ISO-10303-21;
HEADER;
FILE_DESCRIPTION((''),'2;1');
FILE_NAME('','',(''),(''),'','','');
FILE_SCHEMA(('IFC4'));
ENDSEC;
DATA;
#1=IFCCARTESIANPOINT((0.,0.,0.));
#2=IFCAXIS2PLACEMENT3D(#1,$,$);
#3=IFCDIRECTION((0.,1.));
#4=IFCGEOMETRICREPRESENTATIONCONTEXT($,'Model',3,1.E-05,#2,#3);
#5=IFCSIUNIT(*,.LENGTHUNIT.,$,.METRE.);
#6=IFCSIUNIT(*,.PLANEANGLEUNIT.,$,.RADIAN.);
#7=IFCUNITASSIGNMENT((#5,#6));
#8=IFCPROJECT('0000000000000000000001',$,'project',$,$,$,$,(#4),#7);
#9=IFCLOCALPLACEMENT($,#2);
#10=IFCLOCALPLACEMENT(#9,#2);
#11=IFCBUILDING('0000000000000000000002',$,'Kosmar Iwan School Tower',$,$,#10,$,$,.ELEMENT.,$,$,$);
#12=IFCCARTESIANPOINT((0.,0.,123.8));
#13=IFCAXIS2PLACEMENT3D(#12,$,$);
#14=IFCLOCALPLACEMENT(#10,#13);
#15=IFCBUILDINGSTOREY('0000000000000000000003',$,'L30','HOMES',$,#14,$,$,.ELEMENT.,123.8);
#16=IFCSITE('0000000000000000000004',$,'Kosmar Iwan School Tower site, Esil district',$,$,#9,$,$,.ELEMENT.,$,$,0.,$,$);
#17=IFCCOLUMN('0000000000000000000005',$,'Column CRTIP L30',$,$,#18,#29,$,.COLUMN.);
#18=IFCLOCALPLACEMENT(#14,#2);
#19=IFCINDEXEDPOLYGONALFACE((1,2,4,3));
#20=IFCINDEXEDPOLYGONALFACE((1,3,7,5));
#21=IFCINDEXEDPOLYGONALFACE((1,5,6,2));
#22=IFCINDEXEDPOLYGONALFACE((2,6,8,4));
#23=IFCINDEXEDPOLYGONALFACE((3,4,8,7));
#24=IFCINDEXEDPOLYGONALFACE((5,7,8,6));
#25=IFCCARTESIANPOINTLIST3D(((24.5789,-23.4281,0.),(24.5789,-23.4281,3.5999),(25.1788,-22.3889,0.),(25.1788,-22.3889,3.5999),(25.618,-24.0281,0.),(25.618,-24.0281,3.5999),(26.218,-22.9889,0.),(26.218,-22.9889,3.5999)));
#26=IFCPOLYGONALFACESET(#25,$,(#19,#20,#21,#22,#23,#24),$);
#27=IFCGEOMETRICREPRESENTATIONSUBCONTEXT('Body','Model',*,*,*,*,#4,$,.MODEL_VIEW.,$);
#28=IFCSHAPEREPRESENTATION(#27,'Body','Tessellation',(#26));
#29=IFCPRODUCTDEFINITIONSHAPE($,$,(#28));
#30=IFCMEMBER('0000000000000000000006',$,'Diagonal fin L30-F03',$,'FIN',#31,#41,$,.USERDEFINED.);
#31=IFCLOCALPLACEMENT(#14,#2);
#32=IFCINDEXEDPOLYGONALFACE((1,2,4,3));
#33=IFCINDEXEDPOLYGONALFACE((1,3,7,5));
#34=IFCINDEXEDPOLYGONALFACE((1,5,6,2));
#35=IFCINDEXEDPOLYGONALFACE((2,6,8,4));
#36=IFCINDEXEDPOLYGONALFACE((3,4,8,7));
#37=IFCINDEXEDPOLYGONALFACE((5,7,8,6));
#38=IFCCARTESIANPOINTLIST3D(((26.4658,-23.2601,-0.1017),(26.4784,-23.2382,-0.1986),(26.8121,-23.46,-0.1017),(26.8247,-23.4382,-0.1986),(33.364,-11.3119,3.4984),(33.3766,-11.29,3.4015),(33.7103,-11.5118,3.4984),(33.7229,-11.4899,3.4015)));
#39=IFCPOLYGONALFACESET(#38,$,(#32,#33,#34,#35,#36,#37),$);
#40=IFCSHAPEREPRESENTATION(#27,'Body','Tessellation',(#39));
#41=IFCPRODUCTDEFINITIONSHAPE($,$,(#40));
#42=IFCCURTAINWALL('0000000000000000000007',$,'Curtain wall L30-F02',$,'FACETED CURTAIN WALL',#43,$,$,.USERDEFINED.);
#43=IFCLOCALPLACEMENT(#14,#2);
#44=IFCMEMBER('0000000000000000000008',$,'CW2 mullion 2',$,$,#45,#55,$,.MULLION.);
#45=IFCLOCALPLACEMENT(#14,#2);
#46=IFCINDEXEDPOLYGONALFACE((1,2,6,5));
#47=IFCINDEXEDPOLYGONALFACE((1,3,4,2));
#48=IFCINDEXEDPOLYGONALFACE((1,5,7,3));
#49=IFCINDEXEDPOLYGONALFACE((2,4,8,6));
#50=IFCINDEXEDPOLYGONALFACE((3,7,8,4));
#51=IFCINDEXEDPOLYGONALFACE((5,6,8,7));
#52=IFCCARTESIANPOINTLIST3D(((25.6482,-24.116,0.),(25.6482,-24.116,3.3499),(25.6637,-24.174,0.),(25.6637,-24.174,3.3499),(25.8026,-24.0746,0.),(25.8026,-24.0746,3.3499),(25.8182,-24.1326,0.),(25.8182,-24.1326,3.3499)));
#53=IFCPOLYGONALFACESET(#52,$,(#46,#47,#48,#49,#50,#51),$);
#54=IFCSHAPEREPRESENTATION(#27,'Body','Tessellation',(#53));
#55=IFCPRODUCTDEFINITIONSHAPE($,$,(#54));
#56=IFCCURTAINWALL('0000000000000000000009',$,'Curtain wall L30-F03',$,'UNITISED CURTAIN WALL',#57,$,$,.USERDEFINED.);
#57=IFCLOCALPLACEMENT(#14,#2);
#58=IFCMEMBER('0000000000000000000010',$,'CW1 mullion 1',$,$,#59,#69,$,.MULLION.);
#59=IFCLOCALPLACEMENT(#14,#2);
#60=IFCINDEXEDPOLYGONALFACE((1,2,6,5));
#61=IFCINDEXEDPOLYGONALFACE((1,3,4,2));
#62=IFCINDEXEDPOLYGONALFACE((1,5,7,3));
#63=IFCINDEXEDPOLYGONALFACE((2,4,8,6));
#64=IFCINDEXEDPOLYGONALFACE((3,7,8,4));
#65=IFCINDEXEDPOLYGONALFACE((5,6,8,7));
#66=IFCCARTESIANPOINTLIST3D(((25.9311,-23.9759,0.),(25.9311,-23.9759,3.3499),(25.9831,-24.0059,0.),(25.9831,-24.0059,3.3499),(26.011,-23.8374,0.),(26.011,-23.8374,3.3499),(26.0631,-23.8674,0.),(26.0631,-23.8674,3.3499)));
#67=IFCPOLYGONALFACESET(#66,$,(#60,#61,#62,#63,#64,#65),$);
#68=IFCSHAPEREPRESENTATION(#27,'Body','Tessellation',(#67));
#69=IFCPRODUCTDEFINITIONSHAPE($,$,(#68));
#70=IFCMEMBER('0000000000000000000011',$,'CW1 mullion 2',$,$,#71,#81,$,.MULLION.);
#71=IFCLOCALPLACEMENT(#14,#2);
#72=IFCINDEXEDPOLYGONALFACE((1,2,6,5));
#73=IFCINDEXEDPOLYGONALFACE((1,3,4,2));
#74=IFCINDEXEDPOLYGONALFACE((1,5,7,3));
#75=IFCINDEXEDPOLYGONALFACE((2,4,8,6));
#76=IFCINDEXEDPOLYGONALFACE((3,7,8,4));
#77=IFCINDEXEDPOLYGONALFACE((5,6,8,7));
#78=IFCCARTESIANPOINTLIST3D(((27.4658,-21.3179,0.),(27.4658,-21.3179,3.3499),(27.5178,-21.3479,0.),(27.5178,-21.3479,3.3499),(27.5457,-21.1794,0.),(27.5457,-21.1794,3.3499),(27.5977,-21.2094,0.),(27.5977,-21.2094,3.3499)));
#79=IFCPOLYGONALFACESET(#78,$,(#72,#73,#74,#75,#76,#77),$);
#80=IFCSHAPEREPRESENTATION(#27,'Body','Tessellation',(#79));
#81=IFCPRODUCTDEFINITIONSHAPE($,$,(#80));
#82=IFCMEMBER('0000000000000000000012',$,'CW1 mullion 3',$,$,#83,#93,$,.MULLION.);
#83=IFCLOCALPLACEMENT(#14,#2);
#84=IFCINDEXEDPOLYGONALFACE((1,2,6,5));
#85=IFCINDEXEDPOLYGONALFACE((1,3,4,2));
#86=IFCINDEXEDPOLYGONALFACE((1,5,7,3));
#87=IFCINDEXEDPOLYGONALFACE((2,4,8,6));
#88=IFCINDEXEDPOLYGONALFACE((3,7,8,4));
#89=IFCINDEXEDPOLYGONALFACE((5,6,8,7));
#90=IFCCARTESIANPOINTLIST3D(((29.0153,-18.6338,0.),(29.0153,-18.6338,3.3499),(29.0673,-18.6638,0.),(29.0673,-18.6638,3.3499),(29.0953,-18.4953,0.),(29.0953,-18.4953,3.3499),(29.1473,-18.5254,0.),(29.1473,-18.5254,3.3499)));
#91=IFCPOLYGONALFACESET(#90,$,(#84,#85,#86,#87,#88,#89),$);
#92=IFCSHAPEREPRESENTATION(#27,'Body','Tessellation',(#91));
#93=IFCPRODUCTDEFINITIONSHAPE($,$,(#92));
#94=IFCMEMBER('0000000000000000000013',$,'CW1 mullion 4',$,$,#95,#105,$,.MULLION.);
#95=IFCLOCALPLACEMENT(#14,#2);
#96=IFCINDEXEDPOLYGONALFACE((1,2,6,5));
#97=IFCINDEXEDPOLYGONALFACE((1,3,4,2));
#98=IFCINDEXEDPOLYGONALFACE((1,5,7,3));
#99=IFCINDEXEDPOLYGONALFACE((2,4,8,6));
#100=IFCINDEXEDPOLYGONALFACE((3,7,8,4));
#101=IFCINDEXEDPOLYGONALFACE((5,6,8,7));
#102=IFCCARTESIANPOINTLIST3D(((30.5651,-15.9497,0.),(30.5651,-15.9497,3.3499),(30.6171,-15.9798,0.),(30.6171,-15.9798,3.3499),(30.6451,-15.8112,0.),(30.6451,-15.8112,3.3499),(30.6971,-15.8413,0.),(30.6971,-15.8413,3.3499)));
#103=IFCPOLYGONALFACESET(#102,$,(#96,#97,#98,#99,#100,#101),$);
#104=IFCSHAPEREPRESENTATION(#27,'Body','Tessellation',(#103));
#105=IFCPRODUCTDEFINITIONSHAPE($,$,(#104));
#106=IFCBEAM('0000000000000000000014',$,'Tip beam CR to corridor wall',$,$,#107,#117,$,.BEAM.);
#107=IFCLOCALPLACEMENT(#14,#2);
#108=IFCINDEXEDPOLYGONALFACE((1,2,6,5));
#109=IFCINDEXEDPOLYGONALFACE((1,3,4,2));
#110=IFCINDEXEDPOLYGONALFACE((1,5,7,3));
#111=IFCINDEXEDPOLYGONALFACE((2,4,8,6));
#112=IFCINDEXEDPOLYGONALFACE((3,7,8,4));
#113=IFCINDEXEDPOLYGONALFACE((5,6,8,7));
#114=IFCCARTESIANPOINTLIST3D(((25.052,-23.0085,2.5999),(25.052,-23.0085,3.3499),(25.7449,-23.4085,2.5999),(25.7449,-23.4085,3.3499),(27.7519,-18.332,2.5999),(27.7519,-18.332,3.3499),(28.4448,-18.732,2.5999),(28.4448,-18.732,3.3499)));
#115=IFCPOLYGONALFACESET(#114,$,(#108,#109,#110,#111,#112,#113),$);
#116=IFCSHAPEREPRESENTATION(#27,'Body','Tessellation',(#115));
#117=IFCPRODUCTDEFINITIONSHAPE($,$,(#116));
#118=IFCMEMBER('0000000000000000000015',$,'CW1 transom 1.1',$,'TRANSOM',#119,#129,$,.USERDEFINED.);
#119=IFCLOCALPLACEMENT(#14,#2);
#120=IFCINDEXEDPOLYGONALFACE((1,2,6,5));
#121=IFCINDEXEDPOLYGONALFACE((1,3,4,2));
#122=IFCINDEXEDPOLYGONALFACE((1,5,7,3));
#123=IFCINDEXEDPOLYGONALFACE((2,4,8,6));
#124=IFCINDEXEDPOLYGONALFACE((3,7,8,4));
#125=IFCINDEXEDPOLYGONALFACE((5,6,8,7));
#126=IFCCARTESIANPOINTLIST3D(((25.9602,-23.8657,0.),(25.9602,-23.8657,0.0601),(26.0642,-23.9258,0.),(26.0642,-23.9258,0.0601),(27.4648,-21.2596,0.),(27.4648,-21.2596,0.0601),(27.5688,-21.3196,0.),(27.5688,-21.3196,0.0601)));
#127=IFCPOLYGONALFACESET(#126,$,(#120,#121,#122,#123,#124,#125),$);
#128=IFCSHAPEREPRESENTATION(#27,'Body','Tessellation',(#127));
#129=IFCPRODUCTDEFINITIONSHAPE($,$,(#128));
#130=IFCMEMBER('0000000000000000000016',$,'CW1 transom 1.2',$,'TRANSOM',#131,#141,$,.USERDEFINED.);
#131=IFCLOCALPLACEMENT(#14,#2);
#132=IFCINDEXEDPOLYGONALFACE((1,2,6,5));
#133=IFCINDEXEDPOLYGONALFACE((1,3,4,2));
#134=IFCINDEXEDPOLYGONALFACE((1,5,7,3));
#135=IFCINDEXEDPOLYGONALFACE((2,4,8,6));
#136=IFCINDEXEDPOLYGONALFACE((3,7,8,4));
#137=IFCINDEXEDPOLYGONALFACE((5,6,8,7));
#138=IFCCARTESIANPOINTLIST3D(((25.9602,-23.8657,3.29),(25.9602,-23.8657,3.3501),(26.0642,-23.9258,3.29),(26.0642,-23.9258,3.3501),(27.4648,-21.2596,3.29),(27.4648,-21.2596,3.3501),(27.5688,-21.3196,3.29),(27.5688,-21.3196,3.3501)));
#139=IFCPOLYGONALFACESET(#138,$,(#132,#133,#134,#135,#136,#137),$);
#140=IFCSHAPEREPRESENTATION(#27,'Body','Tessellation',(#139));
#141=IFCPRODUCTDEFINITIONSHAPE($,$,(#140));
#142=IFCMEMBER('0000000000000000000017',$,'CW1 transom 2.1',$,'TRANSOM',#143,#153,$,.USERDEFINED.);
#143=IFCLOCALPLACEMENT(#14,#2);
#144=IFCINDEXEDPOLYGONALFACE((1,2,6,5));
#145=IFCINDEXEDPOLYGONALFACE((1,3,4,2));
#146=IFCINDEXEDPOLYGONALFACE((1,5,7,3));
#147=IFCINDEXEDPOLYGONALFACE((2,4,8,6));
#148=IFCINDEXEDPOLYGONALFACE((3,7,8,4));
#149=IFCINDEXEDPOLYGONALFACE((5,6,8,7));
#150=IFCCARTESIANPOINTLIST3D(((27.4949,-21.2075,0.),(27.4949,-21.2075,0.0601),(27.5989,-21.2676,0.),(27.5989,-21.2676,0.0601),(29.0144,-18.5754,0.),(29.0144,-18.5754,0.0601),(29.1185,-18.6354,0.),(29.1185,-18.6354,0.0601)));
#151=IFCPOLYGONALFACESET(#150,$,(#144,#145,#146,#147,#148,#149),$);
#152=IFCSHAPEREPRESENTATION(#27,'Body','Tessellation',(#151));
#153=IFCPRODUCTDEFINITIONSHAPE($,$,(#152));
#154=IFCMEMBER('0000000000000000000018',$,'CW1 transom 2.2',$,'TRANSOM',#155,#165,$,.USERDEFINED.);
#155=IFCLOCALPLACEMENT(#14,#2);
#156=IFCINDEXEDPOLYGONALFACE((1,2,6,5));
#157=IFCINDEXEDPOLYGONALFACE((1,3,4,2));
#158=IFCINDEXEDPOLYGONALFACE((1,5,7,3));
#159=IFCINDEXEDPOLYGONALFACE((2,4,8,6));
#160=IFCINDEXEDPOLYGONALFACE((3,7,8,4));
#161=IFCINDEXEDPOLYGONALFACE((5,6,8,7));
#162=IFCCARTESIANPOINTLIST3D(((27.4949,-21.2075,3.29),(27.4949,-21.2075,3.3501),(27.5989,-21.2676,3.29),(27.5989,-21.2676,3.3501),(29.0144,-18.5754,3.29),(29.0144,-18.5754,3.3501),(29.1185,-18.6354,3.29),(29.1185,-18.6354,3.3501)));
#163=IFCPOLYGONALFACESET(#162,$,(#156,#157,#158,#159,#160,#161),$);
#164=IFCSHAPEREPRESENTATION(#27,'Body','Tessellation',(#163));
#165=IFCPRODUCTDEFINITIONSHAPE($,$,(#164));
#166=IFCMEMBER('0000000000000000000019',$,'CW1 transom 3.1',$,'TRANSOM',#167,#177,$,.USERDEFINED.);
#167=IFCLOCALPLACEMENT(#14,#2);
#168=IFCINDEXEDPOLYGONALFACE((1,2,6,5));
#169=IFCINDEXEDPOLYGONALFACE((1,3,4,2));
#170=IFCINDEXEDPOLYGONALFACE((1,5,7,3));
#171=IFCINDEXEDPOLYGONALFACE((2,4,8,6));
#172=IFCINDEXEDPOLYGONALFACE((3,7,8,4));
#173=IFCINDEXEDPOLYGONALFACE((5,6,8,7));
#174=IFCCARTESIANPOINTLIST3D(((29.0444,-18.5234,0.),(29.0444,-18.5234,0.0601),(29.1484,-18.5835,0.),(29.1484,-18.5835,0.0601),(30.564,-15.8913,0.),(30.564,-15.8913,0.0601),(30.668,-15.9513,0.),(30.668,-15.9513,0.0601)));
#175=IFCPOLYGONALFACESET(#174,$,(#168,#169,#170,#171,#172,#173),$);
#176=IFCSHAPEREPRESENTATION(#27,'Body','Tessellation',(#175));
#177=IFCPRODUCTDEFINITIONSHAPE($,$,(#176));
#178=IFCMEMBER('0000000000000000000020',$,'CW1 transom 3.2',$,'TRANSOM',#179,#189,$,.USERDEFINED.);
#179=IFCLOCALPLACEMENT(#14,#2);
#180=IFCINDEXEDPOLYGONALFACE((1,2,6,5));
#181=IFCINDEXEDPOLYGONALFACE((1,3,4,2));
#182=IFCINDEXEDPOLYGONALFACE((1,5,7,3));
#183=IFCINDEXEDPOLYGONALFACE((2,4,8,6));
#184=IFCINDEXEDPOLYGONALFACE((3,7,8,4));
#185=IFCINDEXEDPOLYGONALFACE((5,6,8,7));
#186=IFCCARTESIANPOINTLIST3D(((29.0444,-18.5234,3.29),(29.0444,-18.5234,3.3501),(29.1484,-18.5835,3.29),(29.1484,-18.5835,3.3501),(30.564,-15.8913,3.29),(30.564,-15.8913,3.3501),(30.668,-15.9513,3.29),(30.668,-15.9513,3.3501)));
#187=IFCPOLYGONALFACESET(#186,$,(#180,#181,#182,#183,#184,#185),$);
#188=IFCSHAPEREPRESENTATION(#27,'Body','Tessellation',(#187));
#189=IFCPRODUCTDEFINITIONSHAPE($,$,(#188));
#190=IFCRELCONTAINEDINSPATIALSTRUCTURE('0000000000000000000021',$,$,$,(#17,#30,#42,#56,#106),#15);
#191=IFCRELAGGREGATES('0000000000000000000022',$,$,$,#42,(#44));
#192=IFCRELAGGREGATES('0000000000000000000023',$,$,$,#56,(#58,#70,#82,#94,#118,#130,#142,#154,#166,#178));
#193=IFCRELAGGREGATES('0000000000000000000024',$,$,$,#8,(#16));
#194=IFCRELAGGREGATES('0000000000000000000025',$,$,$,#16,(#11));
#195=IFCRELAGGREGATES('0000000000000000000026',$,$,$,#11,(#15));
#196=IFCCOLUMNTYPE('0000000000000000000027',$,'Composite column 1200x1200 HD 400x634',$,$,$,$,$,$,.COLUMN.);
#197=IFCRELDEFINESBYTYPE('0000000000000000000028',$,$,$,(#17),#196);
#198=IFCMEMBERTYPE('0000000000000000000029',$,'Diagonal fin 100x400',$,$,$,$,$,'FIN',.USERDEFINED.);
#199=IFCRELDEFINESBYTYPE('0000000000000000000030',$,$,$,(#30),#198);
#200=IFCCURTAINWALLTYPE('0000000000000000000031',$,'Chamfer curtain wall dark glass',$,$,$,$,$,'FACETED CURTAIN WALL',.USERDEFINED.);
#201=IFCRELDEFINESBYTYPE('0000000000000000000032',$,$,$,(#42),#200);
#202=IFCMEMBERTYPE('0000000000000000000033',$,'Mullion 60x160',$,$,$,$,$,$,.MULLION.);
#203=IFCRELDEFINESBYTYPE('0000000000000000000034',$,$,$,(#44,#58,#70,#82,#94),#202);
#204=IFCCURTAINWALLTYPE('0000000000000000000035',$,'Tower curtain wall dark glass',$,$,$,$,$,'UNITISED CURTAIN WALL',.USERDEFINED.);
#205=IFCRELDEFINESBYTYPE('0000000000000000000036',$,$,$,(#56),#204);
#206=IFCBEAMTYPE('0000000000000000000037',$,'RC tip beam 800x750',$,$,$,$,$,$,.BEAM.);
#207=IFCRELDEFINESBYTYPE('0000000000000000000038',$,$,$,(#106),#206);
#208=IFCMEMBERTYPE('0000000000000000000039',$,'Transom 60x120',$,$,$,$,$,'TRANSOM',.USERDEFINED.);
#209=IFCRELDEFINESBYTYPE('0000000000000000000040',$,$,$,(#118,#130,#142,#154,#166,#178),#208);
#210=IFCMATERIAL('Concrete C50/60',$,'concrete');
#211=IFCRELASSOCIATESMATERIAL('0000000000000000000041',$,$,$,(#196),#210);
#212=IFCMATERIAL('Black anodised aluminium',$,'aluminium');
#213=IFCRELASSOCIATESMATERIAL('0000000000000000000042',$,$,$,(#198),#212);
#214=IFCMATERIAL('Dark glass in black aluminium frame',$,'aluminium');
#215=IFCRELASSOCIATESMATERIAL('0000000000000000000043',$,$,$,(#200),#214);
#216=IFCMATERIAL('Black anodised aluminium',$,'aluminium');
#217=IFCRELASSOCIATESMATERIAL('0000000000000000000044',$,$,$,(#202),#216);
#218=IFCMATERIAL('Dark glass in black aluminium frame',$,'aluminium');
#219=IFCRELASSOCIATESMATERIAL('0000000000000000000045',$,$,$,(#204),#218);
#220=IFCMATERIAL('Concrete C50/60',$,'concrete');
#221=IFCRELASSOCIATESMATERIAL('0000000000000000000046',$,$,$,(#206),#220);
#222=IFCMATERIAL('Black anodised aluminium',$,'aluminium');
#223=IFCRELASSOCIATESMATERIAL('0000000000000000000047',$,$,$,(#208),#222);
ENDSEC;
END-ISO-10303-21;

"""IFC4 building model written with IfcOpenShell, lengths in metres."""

from ifc_helpers import new_model, si_unit, direction, frame, origin, origin_2d, place, context, subcontext, project, spatial, rectangle, extrude, material, material_profile, profile_set, type_object, element, aggregate, save


model = new_model("IFC4")

# Units and contexts
model_context = context("Model", 3, precision=1e-05, world=origin(), true_north=direction((0.0, 1.0)))
body_context = subcontext(model_context, "Body", "Model", "MODEL_VIEW")
ifc_project = project(units=[si_unit("LENGTHUNIT", "METRE"), si_unit("PLANEANGLEUNIT", "RADIAN")], contexts=[model_context])

# Site, building, storey
site_placement = place(None, origin())
site = spatial("IfcSite", under=ifc_project, at=site_placement, Name="Kosmar Iwan School Tower site, Esil district", CompositionType="ELEMENT", RefElevation=0.0)
building_placement = place(site_placement, origin())
building = spatial("IfcBuilding", under=site, at=building_placement, Name="Kosmar Iwan School Tower", CompositionType="ELEMENT")
storey_placement = place(building_placement, frame((0.0, 0.0, 123.8)))
storey = spatial("IfcBuildingStorey", under=building, at=storey_placement, Name="L30", Description="HOMES", CompositionType="ELEMENT", Elevation=123.8)

# Column
ifc_material_1 = material(Name="Concrete C50/60", Category="concrete")
ifc_material_profile_1 = material_profile(ifc_material_1, rectangle(XDim=1.2, YDim=1.2, at=origin_2d()), Name="RC 1200x1200 + HD 400x634")
ifc_profile_set_1 = profile_set([ifc_material_profile_1], Name="Concrete C50/60")
column_type = type_object("IfcColumnType", Name="Composite column 1200x1200 HD 400x634", PredefinedType="COLUMN", material=ifc_profile_set_1)
column_placement = place(storey_placement, frame((25.3984, -23.2085, 0.0), z_axis=(0.0, 0.0, 1.0), x_axis=(0.866025, -0.5, 0.0)))
element("IfcColumn", 1, at=column_placement, inside=storey, type_object=column_type, Name="Column CRTIP L30", PredefinedType="COLUMN", context=body_context, shape_type="SweptSolid", body=[
    extrude(rectangle(XDim=1.2, YDim=1.2, at=origin_2d()), origin(), (0.0, 0.0, 1.0), 3.5999),
])

# Member
ifc_material_2 = material(Name="Black anodised aluminium", Category="aluminium")
ifc_material_profile_2 = material_profile(ifc_material_2, rectangle(XDim=0.1001, YDim=0.3999, at=origin_2d()), Name="FIN 100x400")
ifc_profile_set_2 = profile_set([ifc_material_profile_2], Name="Black anodised aluminium")
member_type_1 = type_object("IfcMemberType", Name="Diagonal fin 100x400", ElementType="FIN", PredefinedType="USERDEFINED", material=ifc_profile_set_2)
member_1_placement = place(storey_placement, frame((26.6453, -23.3491, -0.1501), z_axis=(0.483793, 0.83797, 0.252487), x_axis=(-0.126242, -0.218661, 0.9676)))
element("IfcMember", 2, at=member_1_placement, inside=storey, type_object=member_type_1, Name="Diagonal fin L30-F03", ObjectType="FIN", PredefinedType="USERDEFINED", context=body_context, shape_type="SweptSolid", body=[
    extrude(rectangle(XDim=0.1001, YDim=0.3999, at=origin_2d()), origin(), (0.0, 0.0, 1.0), 14.2585),
])

# Curtain wall, member
ifc_material_3 = material(Name="Dark glass in black aluminium frame", Category="aluminium")
curtain_wall_type_1 = type_object("IfcCurtainWallType", Name="Chamfer curtain wall dark glass", ElementType="FACETED CURTAIN WALL", PredefinedType="USERDEFINED", material=ifc_material_3)
curtain_wall_1_placement = place(storey_placement, origin())
curtain_wall_1 = element("IfcCurtainWall", 3, at=curtain_wall_1_placement, inside=storey, type_object=curtain_wall_type_1, Name="Curtain wall L30-F02", ObjectType="FACETED CURTAIN WALL", PredefinedType="USERDEFINED")
ifc_material_4 = material(Name="Black anodised aluminium", Category="aluminium")
ifc_material_profile_3 = material_profile(ifc_material_4, rectangle(XDim=0.0601, YDim=0.1599, at=origin_2d()), Name="MULLION 60x160")
ifc_profile_set_3 = profile_set([ifc_material_profile_3], Name="Black anodised aluminium")
member_type_2 = type_object("IfcMemberType", Name="Mullion 60x160", PredefinedType="MULLION", material=ifc_profile_set_3)
member_2_placement = place(storey_placement, frame((25.7332, -24.1243, 0.0), z_axis=(0.0, 0.0, 1.0), x_axis=(-0.258819, 0.965926, 0.0)))
member_2 = element("IfcMember", 4, at=member_2_placement, type_object=member_type_2, Name="CW2 mullion 2", PredefinedType="MULLION", context=body_context, shape_type="SweptSolid", body=[
    extrude(rectangle(XDim=0.0601, YDim=0.1599, at=origin_2d()), origin(), (0.0, 0.0, 1.0), 3.3499),
])

# Curtain wall, members
ifc_material_5 = material(Name="Dark glass in black aluminium frame", Category="aluminium")
curtain_wall_type_2 = type_object("IfcCurtainWallType", Name="Tower curtain wall dark glass", ElementType="UNITISED CURTAIN WALL", PredefinedType="USERDEFINED", material=ifc_material_5)
curtain_wall_2_placement = place(storey_placement, origin())
curtain_wall_2 = element("IfcCurtainWall", 5, at=curtain_wall_2_placement, inside=storey, type_object=curtain_wall_type_2, Name="Curtain wall L30-F03", ObjectType="UNITISED CURTAIN WALL", PredefinedType="USERDEFINED")
member_3_placement = place(storey_placement, frame((25.9971, -23.9216, 0.0), z_axis=(0.0, 0.0, 1.0), x_axis=(-0.866025, 0.5, 0.0)))
member_3 = element("IfcMember", 6, at=member_3_placement, type_object=member_type_2, Name="CW1 mullion 1", PredefinedType="MULLION", context=body_context, shape_type="SweptSolid", body=[
    extrude(rectangle(XDim=0.0601, YDim=0.1599, at=origin_2d()), origin(), (0.0, 0.0, 1.0), 3.3499),
])
member_4_placement = place(storey_placement, frame((27.5317, -21.2637, 0.0), z_axis=(0.0, 0.0, 1.0), x_axis=(-0.866025, 0.5, 0.0)))
member_4 = element("IfcMember", 7, at=member_4_placement, type_object=member_type_2, Name="CW1 mullion 2", PredefinedType="MULLION", context=body_context, shape_type="SweptSolid", body=[
    extrude(rectangle(XDim=0.0601, YDim=0.1599, at=origin_2d()), origin(), (0.0, 0.0, 1.0), 3.3499),
])
member_5_placement = place(storey_placement, frame((29.0813, -18.5796, 0.0), z_axis=(0.0, 0.0, 1.0), x_axis=(-0.866025, 0.5, 0.0)))
member_5 = element("IfcMember", 8, at=member_5_placement, type_object=member_type_2, Name="CW1 mullion 3", PredefinedType="MULLION", context=body_context, shape_type="SweptSolid", body=[
    extrude(rectangle(XDim=0.0601, YDim=0.1599, at=origin_2d()), origin(), (0.0, 0.0, 1.0), 3.3499),
])
member_6_placement = place(storey_placement, frame((30.6311, -15.8955, 0.0), z_axis=(0.0, 0.0, 1.0), x_axis=(-0.866025, 0.5, 0.0)))
member_6 = element("IfcMember", 9, at=member_6_placement, type_object=member_type_2, Name="CW1 mullion 4", PredefinedType="MULLION", context=body_context, shape_type="SweptSolid", body=[
    extrude(rectangle(XDim=0.0601, YDim=0.1599, at=origin_2d()), origin(), (0.0, 0.0, 1.0), 3.3499),
])

# Beam
ifc_material_6 = material(Name="Concrete C50/60", Category="concrete")
ifc_material_profile_4 = material_profile(ifc_material_6, rectangle(XDim=0.8, YDim=0.75, at=origin_2d()), Name="RC 800x750")
ifc_profile_set_4 = profile_set([ifc_material_profile_4], Name="Concrete C50/60")
beam_type = type_object("IfcBeamType", Name="RC tip beam 800x750", PredefinedType="BEAM", material=ifc_profile_set_4)
beam_placement = place(storey_placement, frame((25.3984, -23.2085, 2.9749), z_axis=(0.499995, 0.866028, 0.0), x_axis=(-0.866028, 0.499995, 0.0)))
element("IfcBeam", 10, at=beam_placement, inside=storey, type_object=beam_type, Name="Tip beam CR to corridor wall", PredefinedType="BEAM", context=body_context, shape_type="SweptSolid", body=[
    extrude(rectangle(XDim=0.8, YDim=0.75, at=origin_2d()), origin(), (0.0, 0.0, 1.0), 5.3999),
])

# Members
ifc_material_7 = material(Name="Black anodised aluminium", Category="aluminium")
ifc_material_profile_5 = material_profile(ifc_material_7, rectangle(XDim=0.1201, YDim=0.0601, at=origin_2d()), Name="TRANSOM 60x120")
ifc_profile_set_5 = profile_set([ifc_material_profile_5], Name="Black anodised aluminium")
member_type_3 = type_object("IfcMemberType", Name="Transom 60x120", ElementType="TRANSOM", PredefinedType="USERDEFINED", material=ifc_profile_set_5)
member_7_placement = place(storey_placement, frame((26.0122, -23.8958, 0.03), z_axis=(0.499987, 0.866033, 0.0), x_axis=(-0.866033, 0.499987, 0.0)))
member_7 = element("IfcMember", 11, at=member_7_placement, type_object=member_type_3, Name="CW1 transom 1.1", ObjectType="TRANSOM", PredefinedType="USERDEFINED", context=body_context, shape_type="SweptSolid", body=[
    extrude(rectangle(XDim=0.1201, YDim=0.0601, at=origin_2d()), origin(), (0.0, 0.0, 1.0), 3.0093),
])
member_8_placement = place(storey_placement, frame((26.0122, -23.8958, 3.3201), z_axis=(0.499987, 0.866033, 0.0), x_axis=(-0.866033, 0.499987, 0.0)))
member_8 = element("IfcMember", 12, at=member_8_placement, type_object=member_type_3, Name="CW1 transom 1.2", ObjectType="TRANSOM", PredefinedType="USERDEFINED", context=body_context, shape_type="SweptSolid", body=[
    extrude(rectangle(XDim=0.1201, YDim=0.0601, at=origin_2d()), origin(), (0.0, 0.0, 1.0), 3.0093),
])
member_9_placement = place(storey_placement, frame((27.5469, -21.2375, 0.03), z_axis=(0.499975, 0.86604, 0.0), x_axis=(-0.86604, 0.499975, 0.0)))
member_9 = element("IfcMember", 13, at=member_9_placement, type_object=member_type_3, Name="CW1 transom 2.1", ObjectType="TRANSOM", PredefinedType="USERDEFINED", context=body_context, shape_type="SweptSolid", body=[
    extrude(rectangle(XDim=0.1201, YDim=0.0601, at=origin_2d()), origin(), (0.0, 0.0, 1.0), 3.0393),
])
member_10_placement = place(storey_placement, frame((27.5469, -21.2375, 3.3201), z_axis=(0.499975, 0.86604, 0.0), x_axis=(-0.86604, 0.499975, 0.0)))
member_10 = element("IfcMember", 14, at=member_10_placement, type_object=member_type_3, Name="CW1 transom 2.2", ObjectType="TRANSOM", PredefinedType="USERDEFINED", context=body_context, shape_type="SweptSolid", body=[
    extrude(rectangle(XDim=0.1201, YDim=0.0601, at=origin_2d()), origin(), (0.0, 0.0, 1.0), 3.0393),
])
member_11_placement = place(storey_placement, frame((29.0964, -18.5535, 0.03), z_axis=(0.499975, 0.86604, 0.0), x_axis=(-0.86604, 0.499975, 0.0)))
member_11 = element("IfcMember", 15, at=member_11_placement, type_object=member_type_3, Name="CW1 transom 3.1", ObjectType="TRANSOM", PredefinedType="USERDEFINED", context=body_context, shape_type="SweptSolid", body=[
    extrude(rectangle(XDim=0.1201, YDim=0.0601, at=origin_2d()), origin(), (0.0, 0.0, 1.0), 3.0393),
])
member_12_placement = place(storey_placement, frame((29.0964, -18.5535, 3.3201), z_axis=(0.499975, 0.86604, 0.0), x_axis=(-0.86604, 0.499975, 0.0)))
member_12 = element("IfcMember", 16, at=member_12_placement, type_object=member_type_3, Name="CW1 transom 3.2", ObjectType="TRANSOM", PredefinedType="USERDEFINED", context=body_context, shape_type="SweptSolid", body=[
    extrude(rectangle(XDim=0.1201, YDim=0.0601, at=origin_2d()), origin(), (0.0, 0.0, 1.0), 3.0393),
])

aggregate(curtain_wall_1, [member_2])
aggregate(curtain_wall_2, [member_3, member_4, member_5, member_6, member_7, member_8, member_9, member_10, member_11, member_12])

save(model, "model.ifc")
